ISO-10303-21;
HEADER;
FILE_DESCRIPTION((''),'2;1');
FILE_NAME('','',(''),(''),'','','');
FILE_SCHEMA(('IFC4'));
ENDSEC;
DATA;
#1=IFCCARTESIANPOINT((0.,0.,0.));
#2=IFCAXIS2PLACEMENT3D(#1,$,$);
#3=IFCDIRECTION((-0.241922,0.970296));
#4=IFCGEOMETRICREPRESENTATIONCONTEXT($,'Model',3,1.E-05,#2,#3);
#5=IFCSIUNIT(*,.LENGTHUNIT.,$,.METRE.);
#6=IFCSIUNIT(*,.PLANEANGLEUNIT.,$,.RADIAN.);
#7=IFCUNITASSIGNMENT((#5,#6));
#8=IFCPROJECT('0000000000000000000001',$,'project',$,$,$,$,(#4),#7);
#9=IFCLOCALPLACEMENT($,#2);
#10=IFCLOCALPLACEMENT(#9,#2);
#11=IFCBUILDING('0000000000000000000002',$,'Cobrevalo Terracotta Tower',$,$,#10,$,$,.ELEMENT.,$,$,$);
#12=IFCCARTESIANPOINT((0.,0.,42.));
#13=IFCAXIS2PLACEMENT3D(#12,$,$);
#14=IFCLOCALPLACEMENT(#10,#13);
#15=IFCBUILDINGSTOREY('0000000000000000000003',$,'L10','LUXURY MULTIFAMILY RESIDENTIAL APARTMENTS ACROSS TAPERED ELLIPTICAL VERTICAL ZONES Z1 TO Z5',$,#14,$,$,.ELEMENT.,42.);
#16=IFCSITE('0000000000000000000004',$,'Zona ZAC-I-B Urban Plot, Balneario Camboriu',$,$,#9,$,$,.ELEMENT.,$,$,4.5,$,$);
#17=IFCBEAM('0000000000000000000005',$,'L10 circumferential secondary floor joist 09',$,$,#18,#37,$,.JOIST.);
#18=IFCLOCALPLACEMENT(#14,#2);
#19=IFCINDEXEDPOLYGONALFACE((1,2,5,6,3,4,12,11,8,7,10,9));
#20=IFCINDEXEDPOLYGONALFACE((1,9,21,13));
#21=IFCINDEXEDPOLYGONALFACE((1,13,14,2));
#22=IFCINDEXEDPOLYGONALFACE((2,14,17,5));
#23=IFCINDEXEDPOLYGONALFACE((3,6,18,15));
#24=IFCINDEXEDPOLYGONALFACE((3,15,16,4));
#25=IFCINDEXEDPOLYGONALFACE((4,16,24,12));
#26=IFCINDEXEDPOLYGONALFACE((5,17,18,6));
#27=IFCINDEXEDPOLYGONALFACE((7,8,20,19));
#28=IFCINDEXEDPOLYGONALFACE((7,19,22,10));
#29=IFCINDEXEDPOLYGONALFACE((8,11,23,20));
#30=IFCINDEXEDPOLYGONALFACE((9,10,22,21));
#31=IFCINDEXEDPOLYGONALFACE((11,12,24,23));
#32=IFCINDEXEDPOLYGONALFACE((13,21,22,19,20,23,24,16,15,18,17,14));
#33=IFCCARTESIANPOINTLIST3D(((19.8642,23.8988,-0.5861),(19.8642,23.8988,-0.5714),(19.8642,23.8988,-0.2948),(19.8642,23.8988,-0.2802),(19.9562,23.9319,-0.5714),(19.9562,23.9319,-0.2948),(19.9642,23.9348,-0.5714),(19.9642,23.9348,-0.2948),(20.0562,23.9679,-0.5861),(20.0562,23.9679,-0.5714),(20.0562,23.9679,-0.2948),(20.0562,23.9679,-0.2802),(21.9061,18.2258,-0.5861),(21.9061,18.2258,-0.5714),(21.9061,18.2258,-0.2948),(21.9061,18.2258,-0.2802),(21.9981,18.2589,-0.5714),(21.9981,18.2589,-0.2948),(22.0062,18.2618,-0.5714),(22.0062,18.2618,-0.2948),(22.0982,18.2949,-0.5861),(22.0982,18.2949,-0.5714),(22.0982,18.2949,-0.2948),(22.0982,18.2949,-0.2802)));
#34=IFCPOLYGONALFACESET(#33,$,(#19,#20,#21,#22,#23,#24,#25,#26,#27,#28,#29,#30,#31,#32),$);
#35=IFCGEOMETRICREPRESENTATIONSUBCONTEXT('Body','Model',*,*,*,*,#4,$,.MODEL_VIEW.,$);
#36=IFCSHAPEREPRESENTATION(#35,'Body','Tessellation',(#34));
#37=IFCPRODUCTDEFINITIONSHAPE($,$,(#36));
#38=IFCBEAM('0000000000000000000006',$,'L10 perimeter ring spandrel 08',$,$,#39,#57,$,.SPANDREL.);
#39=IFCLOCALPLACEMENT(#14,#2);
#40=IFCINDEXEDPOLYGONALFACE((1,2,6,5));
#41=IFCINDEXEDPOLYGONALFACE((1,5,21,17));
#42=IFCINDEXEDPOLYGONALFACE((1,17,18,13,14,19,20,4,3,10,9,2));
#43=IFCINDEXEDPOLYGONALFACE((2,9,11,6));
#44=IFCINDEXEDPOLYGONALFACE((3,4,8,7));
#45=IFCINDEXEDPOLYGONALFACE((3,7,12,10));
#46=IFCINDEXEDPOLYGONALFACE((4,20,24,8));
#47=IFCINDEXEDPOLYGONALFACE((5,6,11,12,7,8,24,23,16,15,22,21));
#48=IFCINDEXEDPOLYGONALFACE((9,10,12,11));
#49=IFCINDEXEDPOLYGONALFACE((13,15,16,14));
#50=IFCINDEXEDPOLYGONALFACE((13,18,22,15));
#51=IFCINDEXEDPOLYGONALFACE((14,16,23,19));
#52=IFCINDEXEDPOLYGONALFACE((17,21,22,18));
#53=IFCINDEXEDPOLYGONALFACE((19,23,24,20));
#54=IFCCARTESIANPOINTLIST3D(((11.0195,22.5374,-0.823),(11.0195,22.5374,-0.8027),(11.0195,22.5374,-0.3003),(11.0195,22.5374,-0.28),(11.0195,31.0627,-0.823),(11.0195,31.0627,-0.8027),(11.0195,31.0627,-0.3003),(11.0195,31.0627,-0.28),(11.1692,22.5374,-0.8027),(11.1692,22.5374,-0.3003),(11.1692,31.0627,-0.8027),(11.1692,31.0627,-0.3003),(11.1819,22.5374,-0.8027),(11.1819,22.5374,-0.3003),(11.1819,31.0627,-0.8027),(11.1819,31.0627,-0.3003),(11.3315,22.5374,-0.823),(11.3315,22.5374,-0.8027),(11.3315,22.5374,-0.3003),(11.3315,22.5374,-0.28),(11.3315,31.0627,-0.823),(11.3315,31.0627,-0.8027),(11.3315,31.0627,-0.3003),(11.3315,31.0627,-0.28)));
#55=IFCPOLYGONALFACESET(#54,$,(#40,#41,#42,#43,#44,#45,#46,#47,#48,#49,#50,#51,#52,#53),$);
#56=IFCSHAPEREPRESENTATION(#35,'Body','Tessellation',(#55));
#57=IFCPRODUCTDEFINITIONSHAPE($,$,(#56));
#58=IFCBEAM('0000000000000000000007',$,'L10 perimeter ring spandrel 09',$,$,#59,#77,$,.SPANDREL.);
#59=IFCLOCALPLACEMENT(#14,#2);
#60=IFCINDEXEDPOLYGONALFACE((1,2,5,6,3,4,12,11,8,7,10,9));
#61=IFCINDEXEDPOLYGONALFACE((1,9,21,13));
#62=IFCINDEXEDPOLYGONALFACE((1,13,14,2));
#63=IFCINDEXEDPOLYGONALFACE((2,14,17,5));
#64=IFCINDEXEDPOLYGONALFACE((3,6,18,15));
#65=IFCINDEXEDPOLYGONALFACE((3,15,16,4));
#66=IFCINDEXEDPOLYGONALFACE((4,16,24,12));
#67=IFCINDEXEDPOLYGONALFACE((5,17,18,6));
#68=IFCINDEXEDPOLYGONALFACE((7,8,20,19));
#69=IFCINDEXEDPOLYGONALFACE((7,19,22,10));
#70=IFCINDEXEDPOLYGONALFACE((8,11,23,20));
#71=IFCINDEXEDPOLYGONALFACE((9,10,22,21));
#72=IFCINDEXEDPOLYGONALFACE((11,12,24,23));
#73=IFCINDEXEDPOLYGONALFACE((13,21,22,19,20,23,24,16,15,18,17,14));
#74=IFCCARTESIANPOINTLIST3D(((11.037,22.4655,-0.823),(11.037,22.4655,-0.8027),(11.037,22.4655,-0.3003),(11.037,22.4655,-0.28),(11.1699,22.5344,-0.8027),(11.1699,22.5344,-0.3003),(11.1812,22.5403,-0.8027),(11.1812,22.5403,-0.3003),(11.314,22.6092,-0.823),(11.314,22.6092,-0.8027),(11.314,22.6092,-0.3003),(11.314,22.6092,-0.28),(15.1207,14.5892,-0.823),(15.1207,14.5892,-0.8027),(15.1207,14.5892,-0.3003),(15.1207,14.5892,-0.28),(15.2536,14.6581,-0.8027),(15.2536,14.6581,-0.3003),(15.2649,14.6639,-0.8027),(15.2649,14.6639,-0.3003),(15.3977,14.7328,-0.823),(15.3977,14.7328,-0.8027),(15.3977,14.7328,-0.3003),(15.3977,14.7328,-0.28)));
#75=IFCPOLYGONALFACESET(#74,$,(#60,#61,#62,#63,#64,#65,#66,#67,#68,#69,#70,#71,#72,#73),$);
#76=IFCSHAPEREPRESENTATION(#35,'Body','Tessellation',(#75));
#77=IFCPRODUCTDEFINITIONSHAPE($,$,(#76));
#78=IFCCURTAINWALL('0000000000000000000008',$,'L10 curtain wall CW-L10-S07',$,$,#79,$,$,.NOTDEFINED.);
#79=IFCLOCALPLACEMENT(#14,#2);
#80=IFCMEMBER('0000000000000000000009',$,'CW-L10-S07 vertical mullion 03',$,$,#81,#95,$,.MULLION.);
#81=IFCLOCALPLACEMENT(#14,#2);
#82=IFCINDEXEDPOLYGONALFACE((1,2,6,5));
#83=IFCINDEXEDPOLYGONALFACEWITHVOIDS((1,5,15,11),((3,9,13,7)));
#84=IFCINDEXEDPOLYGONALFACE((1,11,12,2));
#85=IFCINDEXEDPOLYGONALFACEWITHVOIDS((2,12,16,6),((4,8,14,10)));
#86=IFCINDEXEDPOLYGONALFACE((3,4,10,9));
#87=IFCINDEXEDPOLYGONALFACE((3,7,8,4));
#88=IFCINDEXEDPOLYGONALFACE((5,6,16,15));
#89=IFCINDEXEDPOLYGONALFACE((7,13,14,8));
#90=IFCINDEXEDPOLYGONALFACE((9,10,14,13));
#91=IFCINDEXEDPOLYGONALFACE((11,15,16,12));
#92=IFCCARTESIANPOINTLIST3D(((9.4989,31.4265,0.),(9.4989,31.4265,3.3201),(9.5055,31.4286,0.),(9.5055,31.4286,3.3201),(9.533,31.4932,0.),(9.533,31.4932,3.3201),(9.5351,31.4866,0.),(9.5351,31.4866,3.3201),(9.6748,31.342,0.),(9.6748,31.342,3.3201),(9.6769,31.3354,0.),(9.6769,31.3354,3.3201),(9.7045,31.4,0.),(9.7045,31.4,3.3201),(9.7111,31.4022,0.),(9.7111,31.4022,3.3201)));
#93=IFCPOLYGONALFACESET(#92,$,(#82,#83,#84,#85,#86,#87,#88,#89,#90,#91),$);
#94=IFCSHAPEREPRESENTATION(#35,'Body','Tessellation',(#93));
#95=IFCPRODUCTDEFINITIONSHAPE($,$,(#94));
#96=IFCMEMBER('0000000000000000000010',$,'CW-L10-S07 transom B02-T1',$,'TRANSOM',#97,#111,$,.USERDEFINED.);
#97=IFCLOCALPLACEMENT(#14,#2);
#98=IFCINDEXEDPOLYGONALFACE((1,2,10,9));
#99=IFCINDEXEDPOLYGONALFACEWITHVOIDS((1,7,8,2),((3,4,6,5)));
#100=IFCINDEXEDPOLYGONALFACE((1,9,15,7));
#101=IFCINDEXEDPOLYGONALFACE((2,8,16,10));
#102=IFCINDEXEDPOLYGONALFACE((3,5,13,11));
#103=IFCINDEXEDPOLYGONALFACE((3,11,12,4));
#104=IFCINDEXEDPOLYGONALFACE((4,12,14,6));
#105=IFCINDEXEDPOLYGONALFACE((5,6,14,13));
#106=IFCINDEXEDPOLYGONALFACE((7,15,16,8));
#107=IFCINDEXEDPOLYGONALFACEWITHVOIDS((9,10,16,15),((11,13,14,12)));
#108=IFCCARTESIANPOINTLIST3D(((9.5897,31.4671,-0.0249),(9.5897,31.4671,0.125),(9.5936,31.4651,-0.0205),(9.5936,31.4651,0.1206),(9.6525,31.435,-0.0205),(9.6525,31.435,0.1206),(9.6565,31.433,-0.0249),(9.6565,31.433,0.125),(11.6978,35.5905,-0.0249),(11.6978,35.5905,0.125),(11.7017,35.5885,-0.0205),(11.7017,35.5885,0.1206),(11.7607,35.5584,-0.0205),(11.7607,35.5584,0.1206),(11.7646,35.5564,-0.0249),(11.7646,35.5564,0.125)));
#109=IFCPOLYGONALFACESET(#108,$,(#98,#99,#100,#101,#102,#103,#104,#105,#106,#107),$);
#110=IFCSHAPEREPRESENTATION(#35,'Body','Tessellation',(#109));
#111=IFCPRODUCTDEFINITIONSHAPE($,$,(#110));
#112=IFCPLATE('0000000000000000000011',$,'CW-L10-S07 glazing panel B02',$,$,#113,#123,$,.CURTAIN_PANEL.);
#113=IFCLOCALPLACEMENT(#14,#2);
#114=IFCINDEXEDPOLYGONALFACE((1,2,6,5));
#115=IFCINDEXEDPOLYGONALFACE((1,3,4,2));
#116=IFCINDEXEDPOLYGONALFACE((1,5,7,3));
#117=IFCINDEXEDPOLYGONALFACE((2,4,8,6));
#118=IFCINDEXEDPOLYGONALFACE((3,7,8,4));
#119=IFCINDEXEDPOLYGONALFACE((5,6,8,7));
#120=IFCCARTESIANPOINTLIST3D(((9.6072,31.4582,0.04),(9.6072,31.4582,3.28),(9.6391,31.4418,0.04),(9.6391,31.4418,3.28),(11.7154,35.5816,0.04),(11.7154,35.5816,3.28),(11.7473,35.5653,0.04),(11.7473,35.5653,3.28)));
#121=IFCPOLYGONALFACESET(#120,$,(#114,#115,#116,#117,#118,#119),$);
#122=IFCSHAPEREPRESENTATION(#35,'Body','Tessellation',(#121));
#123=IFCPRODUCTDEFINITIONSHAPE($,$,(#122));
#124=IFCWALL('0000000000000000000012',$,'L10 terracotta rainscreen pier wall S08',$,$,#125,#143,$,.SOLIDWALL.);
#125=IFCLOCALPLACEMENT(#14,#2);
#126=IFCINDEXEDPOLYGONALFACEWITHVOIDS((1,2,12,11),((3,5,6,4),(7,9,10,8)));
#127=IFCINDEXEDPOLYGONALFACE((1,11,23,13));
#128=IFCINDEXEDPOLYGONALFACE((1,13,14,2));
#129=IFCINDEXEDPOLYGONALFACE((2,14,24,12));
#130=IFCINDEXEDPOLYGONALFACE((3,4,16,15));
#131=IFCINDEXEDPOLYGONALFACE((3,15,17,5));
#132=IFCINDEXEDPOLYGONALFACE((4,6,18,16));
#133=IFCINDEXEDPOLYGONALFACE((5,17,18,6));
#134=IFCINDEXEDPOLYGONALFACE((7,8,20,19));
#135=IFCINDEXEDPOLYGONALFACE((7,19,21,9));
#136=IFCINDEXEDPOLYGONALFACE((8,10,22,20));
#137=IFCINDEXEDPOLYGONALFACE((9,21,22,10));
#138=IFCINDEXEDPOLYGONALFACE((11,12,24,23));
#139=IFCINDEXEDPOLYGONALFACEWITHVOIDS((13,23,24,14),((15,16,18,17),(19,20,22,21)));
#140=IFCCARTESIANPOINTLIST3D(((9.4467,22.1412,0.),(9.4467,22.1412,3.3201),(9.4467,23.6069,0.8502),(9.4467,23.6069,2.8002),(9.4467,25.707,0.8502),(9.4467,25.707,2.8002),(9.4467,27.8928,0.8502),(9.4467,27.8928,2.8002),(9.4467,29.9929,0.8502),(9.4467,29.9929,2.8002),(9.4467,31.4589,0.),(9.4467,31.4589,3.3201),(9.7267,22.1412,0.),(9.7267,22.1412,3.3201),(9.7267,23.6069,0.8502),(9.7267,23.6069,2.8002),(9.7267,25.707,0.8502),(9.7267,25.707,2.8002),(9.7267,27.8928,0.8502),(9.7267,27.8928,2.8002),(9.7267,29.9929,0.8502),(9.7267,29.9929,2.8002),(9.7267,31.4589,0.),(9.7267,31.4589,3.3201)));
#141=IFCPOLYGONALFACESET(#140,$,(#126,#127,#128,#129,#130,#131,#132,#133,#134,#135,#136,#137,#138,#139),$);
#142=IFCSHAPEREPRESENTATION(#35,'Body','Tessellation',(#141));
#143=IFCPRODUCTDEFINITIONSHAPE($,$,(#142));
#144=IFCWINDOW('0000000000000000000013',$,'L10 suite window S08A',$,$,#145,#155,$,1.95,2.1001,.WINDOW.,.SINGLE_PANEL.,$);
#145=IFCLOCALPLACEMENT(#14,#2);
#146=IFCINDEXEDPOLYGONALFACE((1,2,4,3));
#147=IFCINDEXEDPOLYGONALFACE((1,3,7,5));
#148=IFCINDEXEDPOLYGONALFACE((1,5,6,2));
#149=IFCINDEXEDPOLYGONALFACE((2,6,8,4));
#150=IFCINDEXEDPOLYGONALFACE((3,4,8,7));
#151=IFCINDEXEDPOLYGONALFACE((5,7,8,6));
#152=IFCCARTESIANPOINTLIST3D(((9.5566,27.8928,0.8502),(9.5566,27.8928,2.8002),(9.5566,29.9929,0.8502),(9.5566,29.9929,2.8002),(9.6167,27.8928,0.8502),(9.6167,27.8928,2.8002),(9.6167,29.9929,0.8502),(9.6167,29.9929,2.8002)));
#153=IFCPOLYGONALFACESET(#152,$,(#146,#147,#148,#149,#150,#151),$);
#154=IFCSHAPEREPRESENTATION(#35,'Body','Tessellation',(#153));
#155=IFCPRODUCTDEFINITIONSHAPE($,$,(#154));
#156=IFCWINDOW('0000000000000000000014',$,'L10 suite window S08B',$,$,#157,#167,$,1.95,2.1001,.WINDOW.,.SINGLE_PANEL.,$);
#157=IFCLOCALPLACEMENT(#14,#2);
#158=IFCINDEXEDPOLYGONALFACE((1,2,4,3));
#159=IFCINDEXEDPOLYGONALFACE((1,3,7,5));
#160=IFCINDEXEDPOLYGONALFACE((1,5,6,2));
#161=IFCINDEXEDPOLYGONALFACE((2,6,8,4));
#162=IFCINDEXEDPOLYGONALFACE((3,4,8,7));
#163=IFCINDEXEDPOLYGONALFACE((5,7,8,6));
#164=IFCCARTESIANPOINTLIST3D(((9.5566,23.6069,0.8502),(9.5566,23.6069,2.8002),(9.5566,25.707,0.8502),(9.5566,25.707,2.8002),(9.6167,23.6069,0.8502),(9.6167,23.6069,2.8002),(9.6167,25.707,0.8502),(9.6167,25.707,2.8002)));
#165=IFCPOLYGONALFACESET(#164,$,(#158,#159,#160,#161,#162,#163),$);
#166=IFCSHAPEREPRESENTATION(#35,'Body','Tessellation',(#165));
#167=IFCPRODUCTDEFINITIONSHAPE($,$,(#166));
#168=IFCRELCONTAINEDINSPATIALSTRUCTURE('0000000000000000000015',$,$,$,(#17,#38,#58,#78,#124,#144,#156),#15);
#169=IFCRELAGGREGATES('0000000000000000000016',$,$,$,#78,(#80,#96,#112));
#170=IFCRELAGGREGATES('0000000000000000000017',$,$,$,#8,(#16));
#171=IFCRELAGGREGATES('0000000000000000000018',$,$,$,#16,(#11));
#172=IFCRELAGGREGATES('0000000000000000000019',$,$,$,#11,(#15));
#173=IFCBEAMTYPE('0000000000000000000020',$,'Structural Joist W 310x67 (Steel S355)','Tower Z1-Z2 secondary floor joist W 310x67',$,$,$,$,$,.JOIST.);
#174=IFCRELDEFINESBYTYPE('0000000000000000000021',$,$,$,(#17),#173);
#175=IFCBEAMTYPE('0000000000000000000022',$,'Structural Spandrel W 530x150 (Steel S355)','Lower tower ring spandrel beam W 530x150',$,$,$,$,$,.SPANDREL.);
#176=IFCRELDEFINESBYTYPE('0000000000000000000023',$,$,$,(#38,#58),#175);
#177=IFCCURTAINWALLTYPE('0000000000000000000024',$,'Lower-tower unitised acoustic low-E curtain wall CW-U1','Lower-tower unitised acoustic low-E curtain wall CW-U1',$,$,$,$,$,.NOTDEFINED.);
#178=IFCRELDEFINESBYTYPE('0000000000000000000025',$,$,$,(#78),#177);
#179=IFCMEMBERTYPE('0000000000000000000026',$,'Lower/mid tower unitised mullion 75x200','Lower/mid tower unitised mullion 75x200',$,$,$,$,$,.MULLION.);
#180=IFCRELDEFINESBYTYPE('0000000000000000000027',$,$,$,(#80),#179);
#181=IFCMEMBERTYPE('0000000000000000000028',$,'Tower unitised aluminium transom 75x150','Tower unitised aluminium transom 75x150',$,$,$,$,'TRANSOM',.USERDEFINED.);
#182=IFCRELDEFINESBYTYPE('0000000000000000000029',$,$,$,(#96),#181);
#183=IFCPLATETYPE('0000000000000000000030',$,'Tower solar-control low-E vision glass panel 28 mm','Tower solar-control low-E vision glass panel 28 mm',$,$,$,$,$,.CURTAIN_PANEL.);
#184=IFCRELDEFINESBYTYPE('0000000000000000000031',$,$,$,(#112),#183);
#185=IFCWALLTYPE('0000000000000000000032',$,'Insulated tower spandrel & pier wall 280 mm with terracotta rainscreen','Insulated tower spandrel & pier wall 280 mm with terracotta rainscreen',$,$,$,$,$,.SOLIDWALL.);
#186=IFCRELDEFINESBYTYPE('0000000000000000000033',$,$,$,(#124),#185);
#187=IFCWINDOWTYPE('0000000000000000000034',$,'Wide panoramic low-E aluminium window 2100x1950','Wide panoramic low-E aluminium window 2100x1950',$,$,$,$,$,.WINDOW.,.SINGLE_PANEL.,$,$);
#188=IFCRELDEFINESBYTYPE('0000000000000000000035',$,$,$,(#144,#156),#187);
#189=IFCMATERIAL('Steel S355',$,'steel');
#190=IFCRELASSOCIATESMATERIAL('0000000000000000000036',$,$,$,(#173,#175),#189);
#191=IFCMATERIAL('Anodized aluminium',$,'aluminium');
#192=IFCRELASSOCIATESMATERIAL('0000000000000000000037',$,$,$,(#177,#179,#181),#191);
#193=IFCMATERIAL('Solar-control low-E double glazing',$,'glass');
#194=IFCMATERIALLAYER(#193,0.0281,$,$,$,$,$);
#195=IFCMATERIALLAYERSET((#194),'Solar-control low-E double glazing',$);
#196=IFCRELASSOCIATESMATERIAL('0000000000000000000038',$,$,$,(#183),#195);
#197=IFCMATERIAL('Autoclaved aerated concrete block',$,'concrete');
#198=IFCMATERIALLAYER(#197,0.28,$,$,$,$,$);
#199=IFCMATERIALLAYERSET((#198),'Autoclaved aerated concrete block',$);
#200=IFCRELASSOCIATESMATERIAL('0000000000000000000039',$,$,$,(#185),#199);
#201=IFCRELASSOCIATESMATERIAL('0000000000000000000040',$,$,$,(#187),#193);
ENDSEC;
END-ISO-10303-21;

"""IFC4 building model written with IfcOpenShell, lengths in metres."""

from ifc_helpers import new_model, si_unit, direction, frame, frame_2d, origin, origin_2d, place, context, subcontext, project, spatial, rectangle, hollow_rectangle, i_section, extrude, source, transform, mapped, material, layer, layer_set, material_profile, profile_set, type_object, element, fill, aggregate, save


model = new_model("IFC4")

# Units and contexts
model_context = context("Model", 3, precision=1e-05, world=origin(), true_north=direction((-0.241922, 0.970296)))
body_context = subcontext(model_context, "Body", "Model", "MODEL_VIEW")
ifc_project = project(units=[si_unit("LENGTHUNIT", "METRE"), si_unit("PLANEANGLEUNIT", "RADIAN")], contexts=[model_context])

# Site, building, storey
site_placement = place(None, origin())
site = spatial("IfcSite", under=ifc_project, at=site_placement, Name="Zona ZAC-I-B Urban Plot, Balneario Camboriu", CompositionType="ELEMENT", RefElevation=4.5)
building_placement = place(site_placement, origin())
building = spatial("IfcBuilding", under=site, at=building_placement, Name="Cobrevalo Terracotta Tower", CompositionType="ELEMENT")
storey_placement = place(building_placement, frame((0.0, 0.0, 42.0)))
storey = spatial("IfcBuildingStorey", under=building, at=storey_placement, Name="L10", Description="LUXURY MULTIFAMILY RESIDENTIAL APARTMENTS ACROSS TAPERED ELLIPTICAL VERTICAL ZONES Z1 TO Z5", CompositionType="ELEMENT", Elevation=42.0)

# Shared definitions
ifc_material_1 = material(Name="Steel S355", Category="steel")

# Beams
ifc_material_profile_1 = material_profile(ifc_material_1, i_section(OverallWidth=0.2041, OverallDepth=0.3059, WebThickness=0.0085, FlangeThickness=0.0146, at=origin_2d()), Name="W 310x67")
ifc_profile_set_1 = profile_set([ifc_material_profile_1], Name="Steel S355")
beam_type_1 = type_object("IfcBeamType", Name="Structural Joist W 310x67 (Steel S355)", Description="Tower Z1-Z2 secondary floor joist W 310x67", PredefinedType="JOIST", material=ifc_profile_set_1)
beam_1_placement = place(storey_placement, frame((19.9602, 23.9333, -0.4331), z_axis=(0.338672, -0.940904, 0.0), x_axis=(0.940904, 0.338672, 0.0)))
element("IfcBeam", 1, at=beam_1_placement, inside=storey, type_object=beam_type_1, Name="L10 circumferential secondary floor joist 09", PredefinedType="JOIST", context=body_context, shape_type="SweptSolid", body=[
    extrude(i_section(OverallWidth=0.2041, OverallDepth=0.3059, WebThickness=0.0085, FlangeThickness=0.0146, at=origin_2d()), origin(), (0.0, 0.0, 1.0), 6.0293),
])
ifc_material_profile_2 = material_profile(ifc_material_1, i_section(OverallWidth=0.312, OverallDepth=0.543, WebThickness=0.0127, FlangeThickness=0.0203, at=origin_2d()), Name="W 530x150")
ifc_profile_set_2 = profile_set([ifc_material_profile_2], Name="Steel S355")
beam_type_2 = type_object("IfcBeamType", Name="Structural Spandrel W 530x150 (Steel S355)", Description="Lower tower ring spandrel beam W 530x150", PredefinedType="SPANDREL", material=ifc_profile_set_2)
beam_2_placement = place(storey_placement, frame((11.1755, 31.0627, -0.5515), z_axis=(0.0, -1.0, 0.0), x_axis=(1.0, 0.0, 0.0)))
element("IfcBeam", 2, at=beam_2_placement, inside=storey, type_object=beam_type_2, Name="L10 perimeter ring spandrel 08", PredefinedType="SPANDREL", context=body_context, shape_type="SweptSolid", body=[
    extrude(i_section(OverallWidth=0.312, OverallDepth=0.543, WebThickness=0.0127, FlangeThickness=0.0203, at=origin_2d()), origin(), (0.0, 0.0, 1.0), 8.5254),
])
beam_3_placement = place(storey_placement, frame((11.1755, 22.5374, -0.5515), z_axis=(0.460286, -0.887771, 0.0), x_axis=(0.887771, 0.460286, 0.0)))
element("IfcBeam", 3, at=beam_3_placement, inside=storey, type_object=beam_type_2, Name="L10 perimeter ring spandrel 09", PredefinedType="SPANDREL", context=body_context, shape_type="SweptSolid", body=[
    extrude(i_section(OverallWidth=0.312, OverallDepth=0.543, WebThickness=0.0127, FlangeThickness=0.0203, at=origin_2d()), origin(), (0.0, 0.0, 1.0), 8.8721),
])

# Curtain wall, members, plate
ifc_material_2 = material(Name="Anodized aluminium", Category="aluminium")
curtain_wall_type = type_object("IfcCurtainWallType", Name="Lower-tower unitised acoustic low-E curtain wall CW-U1", Description="Lower-tower unitised acoustic low-E curtain wall CW-U1", PredefinedType="NOTDEFINED", material=ifc_material_2)
curtain_wall_placement = place(storey_placement, origin())
curtain_wall = element("IfcCurtainWall", 4, at=curtain_wall_placement, inside=storey, type_object=curtain_wall_type, Name="L10 curtain wall CW-L10-S07", PredefinedType="NOTDEFINED")
ifc_material_profile_3 = material_profile(ifc_material_2, hollow_rectangle(XDim=0.075, YDim=0.2, WallThickness=0.0049, at=origin_2d()), Name="CWM 75x200")
ifc_profile_set_3 = profile_set([ifc_material_profile_3], Name="Anodized aluminium")
member_type_1 = type_object("IfcMemberType", Name="Lower/mid tower unitised mullion 75x200", Description="Lower/mid tower unitised mullion 75x200", PredefinedType="MULLION", material=ifc_profile_set_3)
shared_shape_1 = source(origin(), body_context, "Body", "SweptSolid", [
    extrude(hollow_rectangle(XDim=0.075, YDim=0.2, WallThickness=0.0049, at=origin_2d()), origin(), (0.0, 0.0, 1.0), 3.3201),
])
member_1_placement = place(storey_placement, frame((9.605, 31.4143, 0.0), z_axis=(0.0, 0.0, 1.0), x_axis=(-0.455234, -0.890372, 0.0)))
member_1 = element("IfcMember", 5, at=member_1_placement, type_object=member_type_1, Name="CW-L10-S07 vertical mullion 03", PredefinedType="MULLION", context=body_context, shape_type="MappedRepresentation", body=[
    mapped(shared_shape_1, transform((0.0, 0.0, 0.0), scale=1.0)),
])
ifc_material_profile_4 = material_profile(ifc_material_2, hollow_rectangle(XDim=0.075, YDim=0.1499, WallThickness=0.0044, at=origin_2d()), Name="CWT 75x150")
ifc_profile_set_4 = profile_set([ifc_material_profile_4], Name="Anodized aluminium")
member_type_2 = type_object("IfcMemberType", Name="Tower unitised aluminium transom 75x150", Description="Tower unitised aluminium transom 75x150", ElementType="TRANSOM", PredefinedType="USERDEFINED", material=ifc_profile_set_4)
shared_shape_2 = source(origin(), body_context, "Body", "SweptSolid", [
    extrude(hollow_rectangle(XDim=0.075, YDim=0.1499, WallThickness=0.0044, at=origin_2d()), origin(), (0.0, 0.0, 1.0), 4.6311),
])
member_2_placement = place(storey_placement, frame((11.7312, 35.5735, 0.05), z_axis=(-0.455209, -0.890385, 0.0), x_axis=(0.890385, -0.455209, 0.0)))
member_2 = element("IfcMember", 6, at=member_2_placement, type_object=member_type_2, Name="CW-L10-S07 transom B02-T1", ObjectType="TRANSOM", PredefinedType="USERDEFINED", context=body_context, shape_type="MappedRepresentation", body=[
    mapped(shared_shape_2, transform((0.0, 0.0, 0.0), scale=1.0)),
])
ifc_material_3 = material(Name="Solar-control low-E double glazing", Category="glass")
ifc_layer_1 = layer(ifc_material_3, 0.0281)
ifc_layer_set_1 = layer_set([ifc_layer_1], Name="Solar-control low-E double glazing")
plate_type = type_object("IfcPlateType", Name="Tower solar-control low-E vision glass panel 28 mm", Description="Tower solar-control low-E vision glass panel 28 mm", PredefinedType="CURTAIN_PANEL", material=ifc_layer_set_1)
shared_shape_3 = source(origin(), body_context, "Body", "SweptSolid", [
    extrude(rectangle(XDim=4.6311, YDim=0.0359, at=origin_2d()), origin(), (0.0, 0.0, 1.0), 3.24),
])
plate_placement = place(storey_placement, frame((10.6772, 33.5117, 0.04), z_axis=(0.0, 0.0, 1.0), x_axis=(-0.455231, -0.890373, 0.0)))
plate = element("IfcPlate", 7, at=plate_placement, type_object=plate_type, Name="CW-L10-S07 glazing panel B02", PredefinedType="CURTAIN_PANEL", context=body_context, shape_type="MappedRepresentation", body=[
    mapped(shared_shape_3, transform((0.0, 0.0, 0.0), scale=1.0)),
])
aggregate(curtain_wall, [member_1, member_2, plate])

# Wall, openings, windows
ifc_material_4 = material(Name="Autoclaved aerated concrete block", Category="concrete")
ifc_layer_2 = layer(ifc_material_4, 0.28)
ifc_layer_set_2 = layer_set([ifc_layer_2], Name="Autoclaved aerated concrete block")
wall_type_1 = type_object("IfcWallType", Name="Insulated tower spandrel & pier wall 280 mm with terracotta rainscreen", Description="Insulated tower spandrel & pier wall 280 mm with terracotta rainscreen", PredefinedType="SOLIDWALL", material=ifc_layer_set_2)
wall_1_placement = place(storey_placement, frame((9.5867, 31.4587, 0.0), z_axis=(0.0, 0.0, 1.0), x_axis=(0.0, -1.0, 0.0)))
wall_1 = element("IfcWall", 8, at=wall_1_placement, inside=storey, type_object=wall_type_1, Name="L10 terracotta rainscreen pier wall S08", PredefinedType="SOLIDWALL", context=body_context, shape_type="SweptSolid", body=[
    extrude(rectangle(XDim=9.3176, YDim=0.28, at=frame_2d((4.6587, 0.0))), origin(), (0.0, 0.0, 1.0), 3.3201),
])
opening_1_placement = place(wall_1_placement, frame((1.4658, 0.0, 0.8501)))
opening_1 = element("IfcOpeningElement", 9, at=opening_1_placement, cuts=wall_1, PredefinedType="OPENING", context=body_context, shape_type="SweptSolid", body=[
    extrude(rectangle(XDim=2.1001, YDim=1.95, at=frame_2d((1.05, 0.9751))), frame((0.0, 0.1499, 0.0), z_axis=(0.0, -1.0, 0.0), x_axis=(1.0, 0.0, 0.0)), (0.0, 0.0, 1.0), 0.3),
])
opening_2_placement = place(wall_1_placement, frame((5.7517, 0.0, 0.8501)))
opening_2 = element("IfcOpeningElement", 10, at=opening_2_placement, cuts=wall_1, PredefinedType="OPENING", context=body_context, shape_type="SweptSolid", body=[
    extrude(rectangle(XDim=2.1001, YDim=1.95, at=frame_2d((1.05, 0.9751))), frame((0.0, 0.1499, 0.0), z_axis=(0.0, -1.0, 0.0), x_axis=(1.0, 0.0, 0.0)), (0.0, 0.0, 1.0), 0.3),
])
window_type = type_object("IfcWindowType", Name="Wide panoramic low-E aluminium window 2100x1950", Description="Wide panoramic low-E aluminium window 2100x1950", PartitioningType="SINGLE_PANEL", PredefinedType="WINDOW", material=ifc_material_3)
shared_shape_4 = source(origin(), body_context, "Body", "SweptSolid", [
    extrude(rectangle(XDim=2.1001, YDim=1.95, at=frame_2d((1.05, 0.9751))), frame((0.0, 0.03, 0.0), z_axis=(0.0, -1.0, 0.0), x_axis=(1.0, 0.0, 0.0)), (0.0, 0.0, 1.0), 0.0601),
])
window_1_placement = place(opening_1_placement, origin())
window_1 = element("IfcWindow", 11, at=window_1_placement, inside=storey, type_object=window_type, Name="L10 suite window S08A", OverallHeight=1.95, OverallWidth=2.1001, PartitioningType="SINGLE_PANEL", PredefinedType="WINDOW", context=body_context, shape_type="MappedRepresentation", body=[
    mapped(shared_shape_4, transform((0.0, 0.0, 0.0), scale=1.0)),
])
fill(opening_1, window_1)
window_2_placement = place(opening_2_placement, origin())
window_2 = element("IfcWindow", 12, at=window_2_placement, inside=storey, type_object=window_type, Name="L10 suite window S08B", OverallHeight=1.95, OverallWidth=2.1001, PartitioningType="SINGLE_PANEL", PredefinedType="WINDOW", context=body_context, shape_type="MappedRepresentation", body=[
    mapped(shared_shape_4, transform((0.0, 0.0, 0.0), scale=1.0)),
])
fill(opening_2, window_2)

save(model, "model.ifc")
